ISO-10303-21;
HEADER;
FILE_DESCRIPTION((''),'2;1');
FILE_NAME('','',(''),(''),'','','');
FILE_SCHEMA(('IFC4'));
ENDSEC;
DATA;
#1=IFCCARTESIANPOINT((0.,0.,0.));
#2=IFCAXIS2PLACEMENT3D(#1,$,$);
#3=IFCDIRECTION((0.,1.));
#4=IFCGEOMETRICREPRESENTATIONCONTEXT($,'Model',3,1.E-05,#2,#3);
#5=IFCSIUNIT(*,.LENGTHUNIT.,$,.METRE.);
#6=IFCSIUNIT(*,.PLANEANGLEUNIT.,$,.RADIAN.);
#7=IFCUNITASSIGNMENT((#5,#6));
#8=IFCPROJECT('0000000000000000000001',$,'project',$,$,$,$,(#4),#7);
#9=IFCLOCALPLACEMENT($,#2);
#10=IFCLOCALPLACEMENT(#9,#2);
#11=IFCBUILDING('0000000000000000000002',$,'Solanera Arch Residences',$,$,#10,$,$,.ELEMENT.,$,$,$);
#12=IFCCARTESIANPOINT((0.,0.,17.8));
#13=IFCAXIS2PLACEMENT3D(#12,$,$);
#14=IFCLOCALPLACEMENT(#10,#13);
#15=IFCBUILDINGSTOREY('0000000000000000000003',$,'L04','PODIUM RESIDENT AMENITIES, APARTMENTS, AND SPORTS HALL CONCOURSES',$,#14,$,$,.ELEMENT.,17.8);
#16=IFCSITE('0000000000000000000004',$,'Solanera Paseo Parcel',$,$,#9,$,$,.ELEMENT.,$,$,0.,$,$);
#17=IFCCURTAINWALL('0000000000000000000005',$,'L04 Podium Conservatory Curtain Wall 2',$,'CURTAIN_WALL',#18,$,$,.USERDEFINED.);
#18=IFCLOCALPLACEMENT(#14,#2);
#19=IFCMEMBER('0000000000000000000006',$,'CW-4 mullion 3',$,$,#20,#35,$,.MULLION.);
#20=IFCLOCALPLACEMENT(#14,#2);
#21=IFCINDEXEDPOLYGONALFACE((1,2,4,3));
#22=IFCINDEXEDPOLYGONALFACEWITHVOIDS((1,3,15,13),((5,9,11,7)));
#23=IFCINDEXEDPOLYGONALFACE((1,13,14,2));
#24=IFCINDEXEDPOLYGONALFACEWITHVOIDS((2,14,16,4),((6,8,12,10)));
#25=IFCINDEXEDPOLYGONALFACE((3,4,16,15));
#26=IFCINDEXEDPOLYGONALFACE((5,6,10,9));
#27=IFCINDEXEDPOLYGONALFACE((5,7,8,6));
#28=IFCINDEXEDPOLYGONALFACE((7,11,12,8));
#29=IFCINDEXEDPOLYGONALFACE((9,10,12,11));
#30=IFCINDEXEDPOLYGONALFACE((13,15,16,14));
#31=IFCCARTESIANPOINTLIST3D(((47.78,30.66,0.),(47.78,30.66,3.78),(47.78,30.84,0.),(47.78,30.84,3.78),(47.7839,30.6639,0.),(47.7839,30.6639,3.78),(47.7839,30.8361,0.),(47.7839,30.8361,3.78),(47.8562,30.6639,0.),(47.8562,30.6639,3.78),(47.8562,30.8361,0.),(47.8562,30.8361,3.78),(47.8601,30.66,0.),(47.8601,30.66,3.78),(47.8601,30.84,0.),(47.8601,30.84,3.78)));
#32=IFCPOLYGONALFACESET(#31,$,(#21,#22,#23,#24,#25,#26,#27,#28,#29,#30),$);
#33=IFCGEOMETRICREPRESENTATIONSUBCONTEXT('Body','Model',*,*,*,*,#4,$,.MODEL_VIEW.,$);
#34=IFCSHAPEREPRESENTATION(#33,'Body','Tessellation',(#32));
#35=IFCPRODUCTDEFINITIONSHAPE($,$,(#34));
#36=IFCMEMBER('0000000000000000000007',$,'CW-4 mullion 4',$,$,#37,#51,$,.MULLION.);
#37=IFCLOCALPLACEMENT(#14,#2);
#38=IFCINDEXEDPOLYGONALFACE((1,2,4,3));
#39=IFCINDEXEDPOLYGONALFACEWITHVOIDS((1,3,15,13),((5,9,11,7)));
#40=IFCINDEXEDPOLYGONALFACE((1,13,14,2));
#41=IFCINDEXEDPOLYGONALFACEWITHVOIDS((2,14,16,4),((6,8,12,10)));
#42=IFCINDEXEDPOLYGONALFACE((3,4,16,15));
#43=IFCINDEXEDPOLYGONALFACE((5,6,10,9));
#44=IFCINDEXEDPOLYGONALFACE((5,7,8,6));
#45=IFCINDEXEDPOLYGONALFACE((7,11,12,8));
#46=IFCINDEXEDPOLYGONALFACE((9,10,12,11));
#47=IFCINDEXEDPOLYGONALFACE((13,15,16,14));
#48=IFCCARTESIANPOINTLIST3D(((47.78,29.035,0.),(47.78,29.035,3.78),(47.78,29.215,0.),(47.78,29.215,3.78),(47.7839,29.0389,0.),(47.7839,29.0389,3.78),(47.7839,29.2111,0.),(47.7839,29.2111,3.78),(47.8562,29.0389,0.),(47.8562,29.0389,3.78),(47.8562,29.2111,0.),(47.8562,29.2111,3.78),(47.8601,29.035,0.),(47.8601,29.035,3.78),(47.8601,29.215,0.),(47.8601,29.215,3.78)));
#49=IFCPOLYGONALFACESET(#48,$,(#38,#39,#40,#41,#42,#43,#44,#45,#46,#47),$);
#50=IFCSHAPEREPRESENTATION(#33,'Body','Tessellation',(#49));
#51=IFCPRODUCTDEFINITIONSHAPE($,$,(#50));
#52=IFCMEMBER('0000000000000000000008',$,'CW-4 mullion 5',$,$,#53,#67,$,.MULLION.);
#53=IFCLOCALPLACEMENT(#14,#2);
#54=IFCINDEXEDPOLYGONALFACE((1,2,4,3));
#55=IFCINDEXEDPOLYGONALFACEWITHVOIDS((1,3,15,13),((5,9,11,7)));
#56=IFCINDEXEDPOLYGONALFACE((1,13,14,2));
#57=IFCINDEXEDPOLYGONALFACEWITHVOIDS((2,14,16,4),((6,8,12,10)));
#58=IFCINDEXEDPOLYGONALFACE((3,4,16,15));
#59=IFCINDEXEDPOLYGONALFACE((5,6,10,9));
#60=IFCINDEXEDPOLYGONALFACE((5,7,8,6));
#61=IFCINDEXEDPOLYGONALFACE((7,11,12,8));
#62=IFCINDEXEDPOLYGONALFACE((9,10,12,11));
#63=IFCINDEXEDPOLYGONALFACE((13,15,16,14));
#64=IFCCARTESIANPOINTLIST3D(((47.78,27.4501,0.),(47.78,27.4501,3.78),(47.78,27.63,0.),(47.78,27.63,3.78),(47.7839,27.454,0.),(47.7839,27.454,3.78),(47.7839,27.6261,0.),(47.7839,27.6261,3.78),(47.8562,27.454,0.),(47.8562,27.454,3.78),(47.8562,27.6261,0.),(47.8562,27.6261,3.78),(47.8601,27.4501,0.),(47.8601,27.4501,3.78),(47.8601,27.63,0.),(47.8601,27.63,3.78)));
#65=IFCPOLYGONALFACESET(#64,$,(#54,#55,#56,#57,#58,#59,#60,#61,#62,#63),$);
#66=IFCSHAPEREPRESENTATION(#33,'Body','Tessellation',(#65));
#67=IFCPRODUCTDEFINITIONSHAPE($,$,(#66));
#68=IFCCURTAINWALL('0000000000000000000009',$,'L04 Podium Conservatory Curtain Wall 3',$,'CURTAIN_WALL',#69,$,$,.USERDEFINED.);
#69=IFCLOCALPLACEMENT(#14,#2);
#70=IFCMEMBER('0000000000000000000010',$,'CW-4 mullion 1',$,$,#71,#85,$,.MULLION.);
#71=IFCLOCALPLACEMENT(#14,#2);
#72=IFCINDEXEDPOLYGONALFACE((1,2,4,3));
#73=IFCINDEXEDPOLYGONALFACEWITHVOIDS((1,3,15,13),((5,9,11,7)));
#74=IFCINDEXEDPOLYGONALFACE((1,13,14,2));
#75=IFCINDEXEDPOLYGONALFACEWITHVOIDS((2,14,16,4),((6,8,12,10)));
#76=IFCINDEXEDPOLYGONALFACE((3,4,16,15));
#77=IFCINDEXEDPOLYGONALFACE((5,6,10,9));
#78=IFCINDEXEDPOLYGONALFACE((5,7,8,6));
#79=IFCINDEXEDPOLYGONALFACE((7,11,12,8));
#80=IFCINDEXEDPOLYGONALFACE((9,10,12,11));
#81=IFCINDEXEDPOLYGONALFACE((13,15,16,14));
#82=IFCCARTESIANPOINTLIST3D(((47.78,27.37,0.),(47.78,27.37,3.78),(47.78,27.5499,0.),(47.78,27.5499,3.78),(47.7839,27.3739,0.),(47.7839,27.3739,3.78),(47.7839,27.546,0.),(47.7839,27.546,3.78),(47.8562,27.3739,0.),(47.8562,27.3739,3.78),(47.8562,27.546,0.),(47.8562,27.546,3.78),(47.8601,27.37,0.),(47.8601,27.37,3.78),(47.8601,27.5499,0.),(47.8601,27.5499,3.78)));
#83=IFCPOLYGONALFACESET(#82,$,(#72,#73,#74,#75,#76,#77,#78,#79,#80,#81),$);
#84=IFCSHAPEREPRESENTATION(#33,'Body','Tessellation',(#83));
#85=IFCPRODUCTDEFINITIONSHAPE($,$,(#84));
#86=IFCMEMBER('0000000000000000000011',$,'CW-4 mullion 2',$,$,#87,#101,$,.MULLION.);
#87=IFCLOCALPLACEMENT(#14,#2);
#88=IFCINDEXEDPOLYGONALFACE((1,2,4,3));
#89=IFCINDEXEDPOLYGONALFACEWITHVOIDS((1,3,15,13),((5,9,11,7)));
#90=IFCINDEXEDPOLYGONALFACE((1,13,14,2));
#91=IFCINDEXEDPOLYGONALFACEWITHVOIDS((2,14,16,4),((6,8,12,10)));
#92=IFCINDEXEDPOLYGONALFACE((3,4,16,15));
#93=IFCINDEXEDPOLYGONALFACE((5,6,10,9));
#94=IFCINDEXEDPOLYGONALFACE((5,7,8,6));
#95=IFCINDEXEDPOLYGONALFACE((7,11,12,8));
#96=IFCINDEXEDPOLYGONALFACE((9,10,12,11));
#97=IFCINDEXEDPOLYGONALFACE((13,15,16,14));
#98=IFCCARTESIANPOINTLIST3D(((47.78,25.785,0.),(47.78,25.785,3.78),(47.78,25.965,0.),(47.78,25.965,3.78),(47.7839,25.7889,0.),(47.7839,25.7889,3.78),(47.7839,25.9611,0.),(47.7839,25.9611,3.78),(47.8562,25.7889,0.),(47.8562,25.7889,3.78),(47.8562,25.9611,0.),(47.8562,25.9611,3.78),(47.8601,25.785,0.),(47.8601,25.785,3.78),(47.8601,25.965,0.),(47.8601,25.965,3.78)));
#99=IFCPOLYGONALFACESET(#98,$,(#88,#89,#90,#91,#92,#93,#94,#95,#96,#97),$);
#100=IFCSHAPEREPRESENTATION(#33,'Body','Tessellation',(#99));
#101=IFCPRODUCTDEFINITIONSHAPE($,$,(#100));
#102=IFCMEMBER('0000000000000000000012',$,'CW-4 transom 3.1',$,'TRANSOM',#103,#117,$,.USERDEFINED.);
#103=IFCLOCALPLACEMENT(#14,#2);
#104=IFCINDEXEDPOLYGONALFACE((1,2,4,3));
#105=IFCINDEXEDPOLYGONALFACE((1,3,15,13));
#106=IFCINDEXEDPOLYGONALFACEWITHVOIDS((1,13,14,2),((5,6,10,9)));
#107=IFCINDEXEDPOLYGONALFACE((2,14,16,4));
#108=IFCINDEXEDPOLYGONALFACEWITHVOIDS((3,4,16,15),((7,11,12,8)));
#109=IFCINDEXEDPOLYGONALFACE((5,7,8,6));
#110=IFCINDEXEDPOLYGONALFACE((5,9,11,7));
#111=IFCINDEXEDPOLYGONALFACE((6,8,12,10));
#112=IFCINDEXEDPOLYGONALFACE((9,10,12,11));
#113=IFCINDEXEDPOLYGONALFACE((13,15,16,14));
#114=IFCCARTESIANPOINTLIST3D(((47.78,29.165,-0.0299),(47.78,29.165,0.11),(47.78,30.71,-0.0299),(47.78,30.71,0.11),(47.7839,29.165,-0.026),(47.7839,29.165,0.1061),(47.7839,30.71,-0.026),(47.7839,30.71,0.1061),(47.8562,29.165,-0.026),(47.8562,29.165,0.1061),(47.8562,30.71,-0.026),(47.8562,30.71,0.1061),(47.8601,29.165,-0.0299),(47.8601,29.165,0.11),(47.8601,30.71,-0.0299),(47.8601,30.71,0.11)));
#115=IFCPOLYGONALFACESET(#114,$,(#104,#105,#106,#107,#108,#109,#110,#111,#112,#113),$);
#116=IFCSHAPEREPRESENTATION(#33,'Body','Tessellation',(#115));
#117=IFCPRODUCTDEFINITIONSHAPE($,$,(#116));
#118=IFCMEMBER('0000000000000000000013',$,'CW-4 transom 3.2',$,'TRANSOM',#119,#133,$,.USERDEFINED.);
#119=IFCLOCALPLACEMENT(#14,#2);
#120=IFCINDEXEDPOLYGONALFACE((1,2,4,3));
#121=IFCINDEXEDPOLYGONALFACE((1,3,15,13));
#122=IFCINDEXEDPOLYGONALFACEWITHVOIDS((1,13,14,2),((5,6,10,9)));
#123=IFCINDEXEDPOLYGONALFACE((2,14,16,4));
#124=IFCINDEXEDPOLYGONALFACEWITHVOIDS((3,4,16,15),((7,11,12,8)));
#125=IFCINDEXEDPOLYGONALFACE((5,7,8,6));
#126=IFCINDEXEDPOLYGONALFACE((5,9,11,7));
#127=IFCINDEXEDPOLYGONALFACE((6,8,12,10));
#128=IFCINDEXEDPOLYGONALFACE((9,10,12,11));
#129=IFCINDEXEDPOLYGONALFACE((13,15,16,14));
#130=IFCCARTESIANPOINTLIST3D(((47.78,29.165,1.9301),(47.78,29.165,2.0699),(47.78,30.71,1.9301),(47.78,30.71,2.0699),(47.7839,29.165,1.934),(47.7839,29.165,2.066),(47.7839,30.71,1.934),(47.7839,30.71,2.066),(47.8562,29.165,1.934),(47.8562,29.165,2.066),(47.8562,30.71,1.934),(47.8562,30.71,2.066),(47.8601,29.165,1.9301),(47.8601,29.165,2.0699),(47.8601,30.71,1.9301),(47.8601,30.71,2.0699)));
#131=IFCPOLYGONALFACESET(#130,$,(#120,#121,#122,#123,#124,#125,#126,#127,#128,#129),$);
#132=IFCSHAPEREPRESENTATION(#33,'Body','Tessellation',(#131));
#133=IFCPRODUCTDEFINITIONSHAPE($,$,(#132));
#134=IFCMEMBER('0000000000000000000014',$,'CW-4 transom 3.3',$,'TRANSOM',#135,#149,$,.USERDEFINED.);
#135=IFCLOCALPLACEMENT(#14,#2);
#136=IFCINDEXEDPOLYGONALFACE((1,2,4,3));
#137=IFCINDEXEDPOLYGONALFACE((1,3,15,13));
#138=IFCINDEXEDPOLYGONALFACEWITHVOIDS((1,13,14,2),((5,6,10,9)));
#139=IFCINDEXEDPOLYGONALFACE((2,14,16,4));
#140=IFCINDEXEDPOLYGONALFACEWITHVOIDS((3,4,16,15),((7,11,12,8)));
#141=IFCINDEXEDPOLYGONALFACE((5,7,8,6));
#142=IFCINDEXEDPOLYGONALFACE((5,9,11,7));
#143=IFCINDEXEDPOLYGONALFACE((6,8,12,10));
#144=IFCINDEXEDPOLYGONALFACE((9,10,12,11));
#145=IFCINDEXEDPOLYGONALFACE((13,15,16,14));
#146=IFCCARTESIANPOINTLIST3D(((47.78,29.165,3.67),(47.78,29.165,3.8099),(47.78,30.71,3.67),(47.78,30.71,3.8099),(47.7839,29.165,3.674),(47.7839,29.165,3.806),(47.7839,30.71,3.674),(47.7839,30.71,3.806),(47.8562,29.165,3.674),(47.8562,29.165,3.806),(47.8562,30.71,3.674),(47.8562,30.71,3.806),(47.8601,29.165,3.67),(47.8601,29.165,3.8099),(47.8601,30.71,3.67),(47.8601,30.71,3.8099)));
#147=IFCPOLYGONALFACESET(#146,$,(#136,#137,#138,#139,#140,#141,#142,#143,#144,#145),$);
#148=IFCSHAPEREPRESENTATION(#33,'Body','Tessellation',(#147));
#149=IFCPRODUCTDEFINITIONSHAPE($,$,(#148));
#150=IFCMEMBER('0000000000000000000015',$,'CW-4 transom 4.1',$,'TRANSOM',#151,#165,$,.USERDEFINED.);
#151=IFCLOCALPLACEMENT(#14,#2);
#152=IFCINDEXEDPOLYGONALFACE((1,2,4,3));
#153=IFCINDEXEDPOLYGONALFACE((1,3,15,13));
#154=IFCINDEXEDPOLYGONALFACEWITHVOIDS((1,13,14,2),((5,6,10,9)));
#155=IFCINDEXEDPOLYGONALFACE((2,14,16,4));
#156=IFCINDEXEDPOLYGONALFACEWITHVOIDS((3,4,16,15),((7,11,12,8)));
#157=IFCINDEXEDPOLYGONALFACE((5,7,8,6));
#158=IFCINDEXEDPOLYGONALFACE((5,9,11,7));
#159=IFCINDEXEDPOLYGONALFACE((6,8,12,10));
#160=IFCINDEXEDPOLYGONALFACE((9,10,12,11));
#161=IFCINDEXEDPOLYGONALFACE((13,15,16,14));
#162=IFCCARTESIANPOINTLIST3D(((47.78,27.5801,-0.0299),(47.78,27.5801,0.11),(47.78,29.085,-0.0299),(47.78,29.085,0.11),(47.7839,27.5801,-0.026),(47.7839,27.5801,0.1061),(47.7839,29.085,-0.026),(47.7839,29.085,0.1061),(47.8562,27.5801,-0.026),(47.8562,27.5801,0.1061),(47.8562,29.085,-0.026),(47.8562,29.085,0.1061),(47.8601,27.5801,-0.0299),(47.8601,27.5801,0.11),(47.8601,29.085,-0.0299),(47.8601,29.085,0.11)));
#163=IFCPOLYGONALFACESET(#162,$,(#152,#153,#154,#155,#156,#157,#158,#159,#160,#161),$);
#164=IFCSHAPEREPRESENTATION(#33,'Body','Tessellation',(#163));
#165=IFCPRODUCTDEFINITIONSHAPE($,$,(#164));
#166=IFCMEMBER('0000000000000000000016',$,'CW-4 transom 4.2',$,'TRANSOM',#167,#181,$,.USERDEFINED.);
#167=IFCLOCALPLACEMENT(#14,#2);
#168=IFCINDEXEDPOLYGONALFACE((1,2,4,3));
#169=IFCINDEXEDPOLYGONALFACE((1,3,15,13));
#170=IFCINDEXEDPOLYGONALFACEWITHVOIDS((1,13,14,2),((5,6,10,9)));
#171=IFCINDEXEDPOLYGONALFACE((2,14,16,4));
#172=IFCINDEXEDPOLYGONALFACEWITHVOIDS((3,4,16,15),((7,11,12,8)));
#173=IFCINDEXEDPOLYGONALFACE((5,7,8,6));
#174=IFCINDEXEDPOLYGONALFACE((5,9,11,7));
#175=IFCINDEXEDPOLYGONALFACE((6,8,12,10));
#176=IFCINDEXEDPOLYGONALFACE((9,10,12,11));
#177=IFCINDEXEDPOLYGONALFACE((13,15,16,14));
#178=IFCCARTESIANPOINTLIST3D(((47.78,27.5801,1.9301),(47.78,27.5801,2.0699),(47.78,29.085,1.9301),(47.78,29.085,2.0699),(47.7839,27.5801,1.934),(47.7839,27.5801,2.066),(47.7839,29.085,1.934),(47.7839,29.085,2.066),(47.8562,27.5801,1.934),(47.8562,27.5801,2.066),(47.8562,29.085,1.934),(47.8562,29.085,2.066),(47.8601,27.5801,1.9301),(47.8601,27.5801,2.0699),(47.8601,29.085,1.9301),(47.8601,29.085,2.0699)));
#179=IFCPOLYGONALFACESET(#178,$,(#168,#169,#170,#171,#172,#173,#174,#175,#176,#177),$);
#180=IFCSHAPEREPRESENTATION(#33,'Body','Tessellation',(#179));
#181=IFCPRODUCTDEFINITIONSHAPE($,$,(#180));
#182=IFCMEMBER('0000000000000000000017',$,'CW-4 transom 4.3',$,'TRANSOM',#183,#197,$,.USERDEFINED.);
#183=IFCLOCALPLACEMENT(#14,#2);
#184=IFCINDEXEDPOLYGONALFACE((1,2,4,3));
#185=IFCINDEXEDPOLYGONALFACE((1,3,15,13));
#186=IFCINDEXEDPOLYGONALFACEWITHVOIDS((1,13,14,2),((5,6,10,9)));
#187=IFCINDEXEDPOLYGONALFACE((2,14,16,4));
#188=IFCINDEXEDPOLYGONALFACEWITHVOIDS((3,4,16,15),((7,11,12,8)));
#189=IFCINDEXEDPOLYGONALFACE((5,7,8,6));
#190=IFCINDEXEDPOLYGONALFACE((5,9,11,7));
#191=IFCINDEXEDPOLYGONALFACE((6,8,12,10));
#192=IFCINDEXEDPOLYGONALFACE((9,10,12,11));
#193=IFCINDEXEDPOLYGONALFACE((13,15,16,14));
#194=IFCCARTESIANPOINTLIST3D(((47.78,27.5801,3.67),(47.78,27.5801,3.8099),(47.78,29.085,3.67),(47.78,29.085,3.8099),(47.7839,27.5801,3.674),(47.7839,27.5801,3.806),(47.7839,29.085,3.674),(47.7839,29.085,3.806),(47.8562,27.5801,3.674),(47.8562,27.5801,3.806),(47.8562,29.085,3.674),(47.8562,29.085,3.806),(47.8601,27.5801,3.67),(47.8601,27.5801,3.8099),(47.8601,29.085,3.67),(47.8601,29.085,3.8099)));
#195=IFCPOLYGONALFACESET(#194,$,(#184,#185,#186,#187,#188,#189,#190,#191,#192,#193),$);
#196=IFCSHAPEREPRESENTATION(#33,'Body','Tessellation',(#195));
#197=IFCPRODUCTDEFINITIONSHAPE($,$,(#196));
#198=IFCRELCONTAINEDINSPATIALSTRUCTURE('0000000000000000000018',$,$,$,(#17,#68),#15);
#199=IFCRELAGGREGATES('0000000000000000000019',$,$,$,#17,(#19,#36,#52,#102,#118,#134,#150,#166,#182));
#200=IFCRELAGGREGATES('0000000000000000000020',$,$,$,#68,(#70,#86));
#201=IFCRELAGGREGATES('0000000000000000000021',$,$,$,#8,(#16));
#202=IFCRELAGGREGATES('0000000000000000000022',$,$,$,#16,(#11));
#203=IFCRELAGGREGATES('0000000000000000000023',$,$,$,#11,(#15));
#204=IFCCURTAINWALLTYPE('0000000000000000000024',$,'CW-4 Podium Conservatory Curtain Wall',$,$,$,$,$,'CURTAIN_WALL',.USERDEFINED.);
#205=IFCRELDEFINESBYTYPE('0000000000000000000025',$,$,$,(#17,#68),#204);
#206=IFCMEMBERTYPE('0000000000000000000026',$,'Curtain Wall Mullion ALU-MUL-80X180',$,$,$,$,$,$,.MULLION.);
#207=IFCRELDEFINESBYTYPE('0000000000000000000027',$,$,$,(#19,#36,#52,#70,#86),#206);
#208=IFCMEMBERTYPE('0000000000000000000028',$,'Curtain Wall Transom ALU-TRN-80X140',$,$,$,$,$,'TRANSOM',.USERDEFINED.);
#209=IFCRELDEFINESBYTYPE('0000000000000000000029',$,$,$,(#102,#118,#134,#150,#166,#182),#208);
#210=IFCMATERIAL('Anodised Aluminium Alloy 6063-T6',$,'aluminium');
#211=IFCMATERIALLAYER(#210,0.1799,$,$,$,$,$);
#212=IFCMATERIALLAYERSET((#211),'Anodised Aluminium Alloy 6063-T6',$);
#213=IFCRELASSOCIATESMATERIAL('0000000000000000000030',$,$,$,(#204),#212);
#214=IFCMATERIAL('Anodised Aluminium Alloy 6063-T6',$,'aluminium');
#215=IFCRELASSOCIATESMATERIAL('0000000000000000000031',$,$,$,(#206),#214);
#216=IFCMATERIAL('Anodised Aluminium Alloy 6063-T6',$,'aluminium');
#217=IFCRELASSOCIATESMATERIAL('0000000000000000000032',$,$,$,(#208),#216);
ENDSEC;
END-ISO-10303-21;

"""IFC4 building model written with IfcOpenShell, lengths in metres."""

from ifc_helpers import new_model, si_unit, direction, frame, origin, origin_2d, place, context, subcontext, project, spatial, hollow_rectangle, extrude, material, layer, layer_set, material_profile, profile_set, type_object, element, aggregate, save


model = new_model("IFC4")

# Units and contexts
model_context = context("Model", 3, precision=1e-05, world=origin(), true_north=direction((0.0, 1.0)))
body_context = subcontext(model_context, "Body", "Model", "MODEL_VIEW")
ifc_project = project(units=[si_unit("LENGTHUNIT", "METRE"), si_unit("PLANEANGLEUNIT", "RADIAN")], contexts=[model_context])

# Site, building, storey
site_placement = place(None, origin())
site = spatial("IfcSite", under=ifc_project, at=site_placement, Name="Solanera Paseo Parcel", CompositionType="ELEMENT", RefElevation=0.0)
building_placement = place(site_placement, origin())
building = spatial("IfcBuilding", under=site, at=building_placement, Name="Solanera Arch Residences", CompositionType="ELEMENT")
storey_placement = place(building_placement, frame((0.0, 0.0, 17.8)))
storey = spatial("IfcBuildingStorey", under=building, at=storey_placement, Name="L04", Description="PODIUM RESIDENT AMENITIES, APARTMENTS, AND SPORTS HALL CONCOURSES", CompositionType="ELEMENT", Elevation=17.8)

# Curtain walls, members
ifc_material_1 = material(Name="Anodised Aluminium Alloy 6063-T6", Category="aluminium")
ifc_layer_1 = layer(ifc_material_1, 0.1799)
ifc_layer_set_1 = layer_set([ifc_layer_1], Name="Anodised Aluminium Alloy 6063-T6")
curtain_wall_type = type_object("IfcCurtainWallType", Name="CW-4 Podium Conservatory Curtain Wall", ElementType="CURTAIN_WALL", PredefinedType="USERDEFINED", material=ifc_layer_set_1)
curtain_wall_1_placement = place(storey_placement, origin())
curtain_wall_1 = element("IfcCurtainWall", 1, at=curtain_wall_1_placement, inside=storey, type_object=curtain_wall_type, Name="L04 Podium Conservatory Curtain Wall 2", ObjectType="CURTAIN_WALL", PredefinedType="USERDEFINED")
ifc_material_2 = material(Name="Anodised Aluminium Alloy 6063-T6", Category="aluminium")
ifc_material_profile_1 = material_profile(ifc_material_2, hollow_rectangle(XDim=0.0801, YDim=0.1799, WallThickness=0.0039, at=origin_2d()))
ifc_profile_set_1 = profile_set([ifc_material_profile_1], Name="Anodised Aluminium Alloy 6063-T6")
member_type_1 = type_object("IfcMemberType", Name="Curtain Wall Mullion ALU-MUL-80X180", PredefinedType="MULLION", material=ifc_profile_set_1)
member_1_placement = place(storey_placement, frame((47.8201, 30.75, 0.0), z_axis=(0.0, 0.0, 1.0), x_axis=(1.0, 0.0, 0.0)))
member_1 = element("IfcMember", 2, at=member_1_placement, type_object=member_type_1, Name="CW-4 mullion 3", PredefinedType="MULLION", context=body_context, shape_type="SweptSolid", body=[
    extrude(hollow_rectangle(XDim=0.0801, YDim=0.1799, WallThickness=0.0039, at=origin_2d()), origin(), (0.0, 0.0, 1.0), 3.78),
])
member_2_placement = place(storey_placement, frame((47.8201, 29.125, 0.0), z_axis=(0.0, 0.0, 1.0), x_axis=(1.0, 0.0, 0.0)))
member_2 = element("IfcMember", 3, at=member_2_placement, type_object=member_type_1, Name="CW-4 mullion 4", PredefinedType="MULLION", context=body_context, shape_type="SweptSolid", body=[
    extrude(hollow_rectangle(XDim=0.0801, YDim=0.1799, WallThickness=0.0039, at=origin_2d()), origin(), (0.0, 0.0, 1.0), 3.78),
])
member_3_placement = place(storey_placement, frame((47.8201, 27.54, 0.0), z_axis=(0.0, 0.0, 1.0), x_axis=(1.0, 0.0, 0.0)))
member_3 = element("IfcMember", 4, at=member_3_placement, type_object=member_type_1, Name="CW-4 mullion 5", PredefinedType="MULLION", context=body_context, shape_type="SweptSolid", body=[
    extrude(hollow_rectangle(XDim=0.0801, YDim=0.1799, WallThickness=0.0039, at=origin_2d()), origin(), (0.0, 0.0, 1.0), 3.78),
])
curtain_wall_2_placement = place(storey_placement, origin())
curtain_wall_2 = element("IfcCurtainWall", 5, at=curtain_wall_2_placement, inside=storey, type_object=curtain_wall_type, Name="L04 Podium Conservatory Curtain Wall 3", ObjectType="CURTAIN_WALL", PredefinedType="USERDEFINED")
member_4_placement = place(storey_placement, frame((47.8201, 27.46, 0.0), z_axis=(0.0, 0.0, 1.0), x_axis=(1.0, 0.0, 0.0)))
member_4 = element("IfcMember", 6, at=member_4_placement, type_object=member_type_1, Name="CW-4 mullion 1", PredefinedType="MULLION", context=body_context, shape_type="SweptSolid", body=[
    extrude(hollow_rectangle(XDim=0.0801, YDim=0.1799, WallThickness=0.0039, at=origin_2d()), origin(), (0.0, 0.0, 1.0), 3.78),
])
member_5_placement = place(storey_placement, frame((47.8201, 25.875, 0.0), z_axis=(0.0, 0.0, 1.0), x_axis=(1.0, 0.0, 0.0)))
member_5 = element("IfcMember", 7, at=member_5_placement, type_object=member_type_1, Name="CW-4 mullion 2", PredefinedType="MULLION", context=body_context, shape_type="SweptSolid", body=[
    extrude(hollow_rectangle(XDim=0.0801, YDim=0.1799, WallThickness=0.0039, at=origin_2d()), origin(), (0.0, 0.0, 1.0), 3.78),
])

# Members
ifc_material_3 = material(Name="Anodised Aluminium Alloy 6063-T6", Category="aluminium")
ifc_material_profile_2 = material_profile(ifc_material_3, hollow_rectangle(XDim=0.0801, YDim=0.1399, WallThickness=0.0039, at=origin_2d()))
ifc_profile_set_2 = profile_set([ifc_material_profile_2], Name="Anodised Aluminium Alloy 6063-T6")
member_type_2 = type_object("IfcMemberType", Name="Curtain Wall Transom ALU-TRN-80X140", ElementType="TRANSOM", PredefinedType="USERDEFINED", material=ifc_profile_set_2)
member_6_placement = place(storey_placement, frame((47.8201, 30.71, 0.04), z_axis=(0.0, -1.0, 0.0), x_axis=(1.0, 0.0, 0.0)))
member_6 = element("IfcMember", 8, at=member_6_placement, type_object=member_type_2, Name="CW-4 transom 3.1", ObjectType="TRANSOM", PredefinedType="USERDEFINED", context=body_context, shape_type="SweptSolid", body=[
    extrude(hollow_rectangle(XDim=0.0801, YDim=0.1399, WallThickness=0.0039, at=origin_2d()), origin(), (0.0, 0.0, 1.0), 1.5449),
])
member_7_placement = place(storey_placement, frame((47.8201, 30.71, 2.0), z_axis=(0.0, -1.0, 0.0), x_axis=(1.0, 0.0, 0.0)))
member_7 = element("IfcMember", 9, at=member_7_placement, type_object=member_type_2, Name="CW-4 transom 3.2", ObjectType="TRANSOM", PredefinedType="USERDEFINED", context=body_context, shape_type="SweptSolid", body=[
    extrude(hollow_rectangle(XDim=0.0801, YDim=0.1399, WallThickness=0.0039, at=origin_2d()), origin(), (0.0, 0.0, 1.0), 1.5449),
])
member_8_placement = place(storey_placement, frame((47.8201, 30.71, 3.74), z_axis=(0.0, -1.0, 0.0), x_axis=(1.0, 0.0, 0.0)))
member_8 = element("IfcMember", 10, at=member_8_placement, type_object=member_type_2, Name="CW-4 transom 3.3", ObjectType="TRANSOM", PredefinedType="USERDEFINED", context=body_context, shape_type="SweptSolid", body=[
    extrude(hollow_rectangle(XDim=0.0801, YDim=0.1399, WallThickness=0.0039, at=origin_2d()), origin(), (0.0, 0.0, 1.0), 1.5449),
])
member_9_placement = place(storey_placement, frame((47.8201, 29.085, 0.04), z_axis=(0.0, -1.0, 0.0), x_axis=(1.0, 0.0, 0.0)))
member_9 = element("IfcMember", 11, at=member_9_placement, type_object=member_type_2, Name="CW-4 transom 4.1", ObjectType="TRANSOM", PredefinedType="USERDEFINED", context=body_context, shape_type="SweptSolid", body=[
    extrude(hollow_rectangle(XDim=0.0801, YDim=0.1399, WallThickness=0.0039, at=origin_2d()), origin(), (0.0, 0.0, 1.0), 1.5049),
])
member_10_placement = place(storey_placement, frame((47.8201, 29.085, 2.0), z_axis=(0.0, -1.0, 0.0), x_axis=(1.0, 0.0, 0.0)))
member_10 = element("IfcMember", 12, at=member_10_placement, type_object=member_type_2, Name="CW-4 transom 4.2", ObjectType="TRANSOM", PredefinedType="USERDEFINED", context=body_context, shape_type="SweptSolid", body=[
    extrude(hollow_rectangle(XDim=0.0801, YDim=0.1399, WallThickness=0.0039, at=origin_2d()), origin(), (0.0, 0.0, 1.0), 1.5049),
])
member_11_placement = place(storey_placement, frame((47.8201, 29.085, 3.74), z_axis=(0.0, -1.0, 0.0), x_axis=(1.0, 0.0, 0.0)))
member_11 = element("IfcMember", 13, at=member_11_placement, type_object=member_type_2, Name="CW-4 transom 4.3", ObjectType="TRANSOM", PredefinedType="USERDEFINED", context=body_context, shape_type="SweptSolid", body=[
    extrude(hollow_rectangle(XDim=0.0801, YDim=0.1399, WallThickness=0.0039, at=origin_2d()), origin(), (0.0, 0.0, 1.0), 1.5049),
])

aggregate(curtain_wall_1, [member_1, member_2, member_3, member_6, member_7, member_8, member_9, member_10, member_11])
aggregate(curtain_wall_2, [member_4, member_5])

save(model, "model.ifc")
